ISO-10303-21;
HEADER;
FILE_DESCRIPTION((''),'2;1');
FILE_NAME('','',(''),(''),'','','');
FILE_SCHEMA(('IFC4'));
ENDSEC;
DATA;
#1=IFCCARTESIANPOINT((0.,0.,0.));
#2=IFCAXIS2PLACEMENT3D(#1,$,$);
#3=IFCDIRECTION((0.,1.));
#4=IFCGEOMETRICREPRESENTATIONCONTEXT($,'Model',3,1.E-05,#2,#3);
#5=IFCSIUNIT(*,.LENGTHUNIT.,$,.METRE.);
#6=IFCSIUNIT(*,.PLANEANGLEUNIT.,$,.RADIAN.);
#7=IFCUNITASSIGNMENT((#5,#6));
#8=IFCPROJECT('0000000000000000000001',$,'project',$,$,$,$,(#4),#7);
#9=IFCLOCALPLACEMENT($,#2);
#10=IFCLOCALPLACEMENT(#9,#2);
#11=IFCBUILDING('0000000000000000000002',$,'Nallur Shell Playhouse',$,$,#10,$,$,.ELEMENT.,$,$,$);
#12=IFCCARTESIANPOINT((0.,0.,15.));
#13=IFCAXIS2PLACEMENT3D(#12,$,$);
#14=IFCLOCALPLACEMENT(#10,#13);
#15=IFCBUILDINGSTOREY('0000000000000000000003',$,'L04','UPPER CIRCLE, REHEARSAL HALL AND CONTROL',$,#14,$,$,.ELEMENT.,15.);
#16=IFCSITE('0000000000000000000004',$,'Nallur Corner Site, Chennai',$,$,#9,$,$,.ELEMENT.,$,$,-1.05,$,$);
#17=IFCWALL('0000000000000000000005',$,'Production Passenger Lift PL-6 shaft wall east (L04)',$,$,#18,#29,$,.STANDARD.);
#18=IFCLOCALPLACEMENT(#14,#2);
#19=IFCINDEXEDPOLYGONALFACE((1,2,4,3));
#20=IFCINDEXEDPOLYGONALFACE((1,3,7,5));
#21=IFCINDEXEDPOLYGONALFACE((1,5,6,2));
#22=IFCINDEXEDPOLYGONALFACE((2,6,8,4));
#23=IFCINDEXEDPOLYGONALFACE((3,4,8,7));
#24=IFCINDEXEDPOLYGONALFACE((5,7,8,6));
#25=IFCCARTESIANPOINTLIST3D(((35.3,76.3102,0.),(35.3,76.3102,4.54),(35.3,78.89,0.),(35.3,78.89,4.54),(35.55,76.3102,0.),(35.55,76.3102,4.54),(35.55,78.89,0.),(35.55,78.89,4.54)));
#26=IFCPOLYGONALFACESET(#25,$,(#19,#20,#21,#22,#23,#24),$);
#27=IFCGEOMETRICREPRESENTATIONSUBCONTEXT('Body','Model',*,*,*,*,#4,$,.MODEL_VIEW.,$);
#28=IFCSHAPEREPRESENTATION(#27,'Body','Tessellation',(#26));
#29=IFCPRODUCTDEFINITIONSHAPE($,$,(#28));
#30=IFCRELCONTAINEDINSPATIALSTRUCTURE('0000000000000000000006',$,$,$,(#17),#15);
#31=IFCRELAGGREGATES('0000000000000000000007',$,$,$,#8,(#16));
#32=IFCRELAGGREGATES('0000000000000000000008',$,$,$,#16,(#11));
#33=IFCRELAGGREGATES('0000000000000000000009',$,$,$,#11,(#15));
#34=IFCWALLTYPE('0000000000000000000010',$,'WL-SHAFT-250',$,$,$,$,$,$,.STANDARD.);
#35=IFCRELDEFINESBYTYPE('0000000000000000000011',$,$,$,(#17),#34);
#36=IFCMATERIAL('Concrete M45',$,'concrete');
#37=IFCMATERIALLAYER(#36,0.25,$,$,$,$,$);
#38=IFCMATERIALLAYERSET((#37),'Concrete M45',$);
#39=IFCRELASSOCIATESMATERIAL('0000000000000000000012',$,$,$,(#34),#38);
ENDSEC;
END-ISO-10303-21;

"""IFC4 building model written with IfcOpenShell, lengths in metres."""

from ifc_helpers import new_model, si_unit, direction, frame, frame_2d, origin, place, context, subcontext, project, spatial, rectangle, extrude, material, layer, layer_set, type_object, element, save


model = new_model("IFC4")

# Units and contexts
model_context = context("Model", 3, precision=1e-05, world=origin(), true_north=direction((0.0, 1.0)))
body_context = subcontext(model_context, "Body", "Model", "MODEL_VIEW")
ifc_project = project(units=[si_unit("LENGTHUNIT", "METRE"), si_unit("PLANEANGLEUNIT", "RADIAN")], contexts=[model_context])

# Site, building, storey
site_placement = place(None, origin())
site = spatial("IfcSite", under=ifc_project, at=site_placement, Name="Nallur Corner Site, Chennai", CompositionType="ELEMENT", RefElevation=-1.05)
building_placement = place(site_placement, origin())
building = spatial("IfcBuilding", under=site, at=building_placement, Name="Nallur Shell Playhouse", CompositionType="ELEMENT")
storey_placement = place(building_placement, frame((0.0, 0.0, 15.0)))
storey = spatial("IfcBuildingStorey", under=building, at=storey_placement, Name="L04", Description="UPPER CIRCLE, REHEARSAL HALL AND CONTROL", CompositionType="ELEMENT", Elevation=15.0)

# Wall
ifc_material_1 = material(Name="Concrete M45", Category="concrete")
ifc_layer_1 = layer(ifc_material_1, 0.25)
ifc_layer_set_1 = layer_set([ifc_layer_1], Name="Concrete M45")
wall_type_1 = type_object("IfcWallType", Name="WL-SHAFT-250", PredefinedType="STANDARD", material=ifc_layer_set_1)
wall_1_placement = place(storey_placement, frame((35.425, 76.3101, 0.0), z_axis=(0.0, 0.0, 1.0), x_axis=(0.0, 1.0, 0.0)))
element("IfcWall", 1, at=wall_1_placement, inside=storey, type_object=wall_type_1, Name="Production Passenger Lift PL-6 shaft wall east (L04)", PredefinedType="STANDARD", context=body_context, shape_type="SweptSolid", body=[
    extrude(rectangle(XDim=2.5798, YDim=0.25, at=frame_2d((1.29, 0.0))), origin(), (0.0, 0.0, 1.0), 4.54),
])

save(model, "model.ifc")
